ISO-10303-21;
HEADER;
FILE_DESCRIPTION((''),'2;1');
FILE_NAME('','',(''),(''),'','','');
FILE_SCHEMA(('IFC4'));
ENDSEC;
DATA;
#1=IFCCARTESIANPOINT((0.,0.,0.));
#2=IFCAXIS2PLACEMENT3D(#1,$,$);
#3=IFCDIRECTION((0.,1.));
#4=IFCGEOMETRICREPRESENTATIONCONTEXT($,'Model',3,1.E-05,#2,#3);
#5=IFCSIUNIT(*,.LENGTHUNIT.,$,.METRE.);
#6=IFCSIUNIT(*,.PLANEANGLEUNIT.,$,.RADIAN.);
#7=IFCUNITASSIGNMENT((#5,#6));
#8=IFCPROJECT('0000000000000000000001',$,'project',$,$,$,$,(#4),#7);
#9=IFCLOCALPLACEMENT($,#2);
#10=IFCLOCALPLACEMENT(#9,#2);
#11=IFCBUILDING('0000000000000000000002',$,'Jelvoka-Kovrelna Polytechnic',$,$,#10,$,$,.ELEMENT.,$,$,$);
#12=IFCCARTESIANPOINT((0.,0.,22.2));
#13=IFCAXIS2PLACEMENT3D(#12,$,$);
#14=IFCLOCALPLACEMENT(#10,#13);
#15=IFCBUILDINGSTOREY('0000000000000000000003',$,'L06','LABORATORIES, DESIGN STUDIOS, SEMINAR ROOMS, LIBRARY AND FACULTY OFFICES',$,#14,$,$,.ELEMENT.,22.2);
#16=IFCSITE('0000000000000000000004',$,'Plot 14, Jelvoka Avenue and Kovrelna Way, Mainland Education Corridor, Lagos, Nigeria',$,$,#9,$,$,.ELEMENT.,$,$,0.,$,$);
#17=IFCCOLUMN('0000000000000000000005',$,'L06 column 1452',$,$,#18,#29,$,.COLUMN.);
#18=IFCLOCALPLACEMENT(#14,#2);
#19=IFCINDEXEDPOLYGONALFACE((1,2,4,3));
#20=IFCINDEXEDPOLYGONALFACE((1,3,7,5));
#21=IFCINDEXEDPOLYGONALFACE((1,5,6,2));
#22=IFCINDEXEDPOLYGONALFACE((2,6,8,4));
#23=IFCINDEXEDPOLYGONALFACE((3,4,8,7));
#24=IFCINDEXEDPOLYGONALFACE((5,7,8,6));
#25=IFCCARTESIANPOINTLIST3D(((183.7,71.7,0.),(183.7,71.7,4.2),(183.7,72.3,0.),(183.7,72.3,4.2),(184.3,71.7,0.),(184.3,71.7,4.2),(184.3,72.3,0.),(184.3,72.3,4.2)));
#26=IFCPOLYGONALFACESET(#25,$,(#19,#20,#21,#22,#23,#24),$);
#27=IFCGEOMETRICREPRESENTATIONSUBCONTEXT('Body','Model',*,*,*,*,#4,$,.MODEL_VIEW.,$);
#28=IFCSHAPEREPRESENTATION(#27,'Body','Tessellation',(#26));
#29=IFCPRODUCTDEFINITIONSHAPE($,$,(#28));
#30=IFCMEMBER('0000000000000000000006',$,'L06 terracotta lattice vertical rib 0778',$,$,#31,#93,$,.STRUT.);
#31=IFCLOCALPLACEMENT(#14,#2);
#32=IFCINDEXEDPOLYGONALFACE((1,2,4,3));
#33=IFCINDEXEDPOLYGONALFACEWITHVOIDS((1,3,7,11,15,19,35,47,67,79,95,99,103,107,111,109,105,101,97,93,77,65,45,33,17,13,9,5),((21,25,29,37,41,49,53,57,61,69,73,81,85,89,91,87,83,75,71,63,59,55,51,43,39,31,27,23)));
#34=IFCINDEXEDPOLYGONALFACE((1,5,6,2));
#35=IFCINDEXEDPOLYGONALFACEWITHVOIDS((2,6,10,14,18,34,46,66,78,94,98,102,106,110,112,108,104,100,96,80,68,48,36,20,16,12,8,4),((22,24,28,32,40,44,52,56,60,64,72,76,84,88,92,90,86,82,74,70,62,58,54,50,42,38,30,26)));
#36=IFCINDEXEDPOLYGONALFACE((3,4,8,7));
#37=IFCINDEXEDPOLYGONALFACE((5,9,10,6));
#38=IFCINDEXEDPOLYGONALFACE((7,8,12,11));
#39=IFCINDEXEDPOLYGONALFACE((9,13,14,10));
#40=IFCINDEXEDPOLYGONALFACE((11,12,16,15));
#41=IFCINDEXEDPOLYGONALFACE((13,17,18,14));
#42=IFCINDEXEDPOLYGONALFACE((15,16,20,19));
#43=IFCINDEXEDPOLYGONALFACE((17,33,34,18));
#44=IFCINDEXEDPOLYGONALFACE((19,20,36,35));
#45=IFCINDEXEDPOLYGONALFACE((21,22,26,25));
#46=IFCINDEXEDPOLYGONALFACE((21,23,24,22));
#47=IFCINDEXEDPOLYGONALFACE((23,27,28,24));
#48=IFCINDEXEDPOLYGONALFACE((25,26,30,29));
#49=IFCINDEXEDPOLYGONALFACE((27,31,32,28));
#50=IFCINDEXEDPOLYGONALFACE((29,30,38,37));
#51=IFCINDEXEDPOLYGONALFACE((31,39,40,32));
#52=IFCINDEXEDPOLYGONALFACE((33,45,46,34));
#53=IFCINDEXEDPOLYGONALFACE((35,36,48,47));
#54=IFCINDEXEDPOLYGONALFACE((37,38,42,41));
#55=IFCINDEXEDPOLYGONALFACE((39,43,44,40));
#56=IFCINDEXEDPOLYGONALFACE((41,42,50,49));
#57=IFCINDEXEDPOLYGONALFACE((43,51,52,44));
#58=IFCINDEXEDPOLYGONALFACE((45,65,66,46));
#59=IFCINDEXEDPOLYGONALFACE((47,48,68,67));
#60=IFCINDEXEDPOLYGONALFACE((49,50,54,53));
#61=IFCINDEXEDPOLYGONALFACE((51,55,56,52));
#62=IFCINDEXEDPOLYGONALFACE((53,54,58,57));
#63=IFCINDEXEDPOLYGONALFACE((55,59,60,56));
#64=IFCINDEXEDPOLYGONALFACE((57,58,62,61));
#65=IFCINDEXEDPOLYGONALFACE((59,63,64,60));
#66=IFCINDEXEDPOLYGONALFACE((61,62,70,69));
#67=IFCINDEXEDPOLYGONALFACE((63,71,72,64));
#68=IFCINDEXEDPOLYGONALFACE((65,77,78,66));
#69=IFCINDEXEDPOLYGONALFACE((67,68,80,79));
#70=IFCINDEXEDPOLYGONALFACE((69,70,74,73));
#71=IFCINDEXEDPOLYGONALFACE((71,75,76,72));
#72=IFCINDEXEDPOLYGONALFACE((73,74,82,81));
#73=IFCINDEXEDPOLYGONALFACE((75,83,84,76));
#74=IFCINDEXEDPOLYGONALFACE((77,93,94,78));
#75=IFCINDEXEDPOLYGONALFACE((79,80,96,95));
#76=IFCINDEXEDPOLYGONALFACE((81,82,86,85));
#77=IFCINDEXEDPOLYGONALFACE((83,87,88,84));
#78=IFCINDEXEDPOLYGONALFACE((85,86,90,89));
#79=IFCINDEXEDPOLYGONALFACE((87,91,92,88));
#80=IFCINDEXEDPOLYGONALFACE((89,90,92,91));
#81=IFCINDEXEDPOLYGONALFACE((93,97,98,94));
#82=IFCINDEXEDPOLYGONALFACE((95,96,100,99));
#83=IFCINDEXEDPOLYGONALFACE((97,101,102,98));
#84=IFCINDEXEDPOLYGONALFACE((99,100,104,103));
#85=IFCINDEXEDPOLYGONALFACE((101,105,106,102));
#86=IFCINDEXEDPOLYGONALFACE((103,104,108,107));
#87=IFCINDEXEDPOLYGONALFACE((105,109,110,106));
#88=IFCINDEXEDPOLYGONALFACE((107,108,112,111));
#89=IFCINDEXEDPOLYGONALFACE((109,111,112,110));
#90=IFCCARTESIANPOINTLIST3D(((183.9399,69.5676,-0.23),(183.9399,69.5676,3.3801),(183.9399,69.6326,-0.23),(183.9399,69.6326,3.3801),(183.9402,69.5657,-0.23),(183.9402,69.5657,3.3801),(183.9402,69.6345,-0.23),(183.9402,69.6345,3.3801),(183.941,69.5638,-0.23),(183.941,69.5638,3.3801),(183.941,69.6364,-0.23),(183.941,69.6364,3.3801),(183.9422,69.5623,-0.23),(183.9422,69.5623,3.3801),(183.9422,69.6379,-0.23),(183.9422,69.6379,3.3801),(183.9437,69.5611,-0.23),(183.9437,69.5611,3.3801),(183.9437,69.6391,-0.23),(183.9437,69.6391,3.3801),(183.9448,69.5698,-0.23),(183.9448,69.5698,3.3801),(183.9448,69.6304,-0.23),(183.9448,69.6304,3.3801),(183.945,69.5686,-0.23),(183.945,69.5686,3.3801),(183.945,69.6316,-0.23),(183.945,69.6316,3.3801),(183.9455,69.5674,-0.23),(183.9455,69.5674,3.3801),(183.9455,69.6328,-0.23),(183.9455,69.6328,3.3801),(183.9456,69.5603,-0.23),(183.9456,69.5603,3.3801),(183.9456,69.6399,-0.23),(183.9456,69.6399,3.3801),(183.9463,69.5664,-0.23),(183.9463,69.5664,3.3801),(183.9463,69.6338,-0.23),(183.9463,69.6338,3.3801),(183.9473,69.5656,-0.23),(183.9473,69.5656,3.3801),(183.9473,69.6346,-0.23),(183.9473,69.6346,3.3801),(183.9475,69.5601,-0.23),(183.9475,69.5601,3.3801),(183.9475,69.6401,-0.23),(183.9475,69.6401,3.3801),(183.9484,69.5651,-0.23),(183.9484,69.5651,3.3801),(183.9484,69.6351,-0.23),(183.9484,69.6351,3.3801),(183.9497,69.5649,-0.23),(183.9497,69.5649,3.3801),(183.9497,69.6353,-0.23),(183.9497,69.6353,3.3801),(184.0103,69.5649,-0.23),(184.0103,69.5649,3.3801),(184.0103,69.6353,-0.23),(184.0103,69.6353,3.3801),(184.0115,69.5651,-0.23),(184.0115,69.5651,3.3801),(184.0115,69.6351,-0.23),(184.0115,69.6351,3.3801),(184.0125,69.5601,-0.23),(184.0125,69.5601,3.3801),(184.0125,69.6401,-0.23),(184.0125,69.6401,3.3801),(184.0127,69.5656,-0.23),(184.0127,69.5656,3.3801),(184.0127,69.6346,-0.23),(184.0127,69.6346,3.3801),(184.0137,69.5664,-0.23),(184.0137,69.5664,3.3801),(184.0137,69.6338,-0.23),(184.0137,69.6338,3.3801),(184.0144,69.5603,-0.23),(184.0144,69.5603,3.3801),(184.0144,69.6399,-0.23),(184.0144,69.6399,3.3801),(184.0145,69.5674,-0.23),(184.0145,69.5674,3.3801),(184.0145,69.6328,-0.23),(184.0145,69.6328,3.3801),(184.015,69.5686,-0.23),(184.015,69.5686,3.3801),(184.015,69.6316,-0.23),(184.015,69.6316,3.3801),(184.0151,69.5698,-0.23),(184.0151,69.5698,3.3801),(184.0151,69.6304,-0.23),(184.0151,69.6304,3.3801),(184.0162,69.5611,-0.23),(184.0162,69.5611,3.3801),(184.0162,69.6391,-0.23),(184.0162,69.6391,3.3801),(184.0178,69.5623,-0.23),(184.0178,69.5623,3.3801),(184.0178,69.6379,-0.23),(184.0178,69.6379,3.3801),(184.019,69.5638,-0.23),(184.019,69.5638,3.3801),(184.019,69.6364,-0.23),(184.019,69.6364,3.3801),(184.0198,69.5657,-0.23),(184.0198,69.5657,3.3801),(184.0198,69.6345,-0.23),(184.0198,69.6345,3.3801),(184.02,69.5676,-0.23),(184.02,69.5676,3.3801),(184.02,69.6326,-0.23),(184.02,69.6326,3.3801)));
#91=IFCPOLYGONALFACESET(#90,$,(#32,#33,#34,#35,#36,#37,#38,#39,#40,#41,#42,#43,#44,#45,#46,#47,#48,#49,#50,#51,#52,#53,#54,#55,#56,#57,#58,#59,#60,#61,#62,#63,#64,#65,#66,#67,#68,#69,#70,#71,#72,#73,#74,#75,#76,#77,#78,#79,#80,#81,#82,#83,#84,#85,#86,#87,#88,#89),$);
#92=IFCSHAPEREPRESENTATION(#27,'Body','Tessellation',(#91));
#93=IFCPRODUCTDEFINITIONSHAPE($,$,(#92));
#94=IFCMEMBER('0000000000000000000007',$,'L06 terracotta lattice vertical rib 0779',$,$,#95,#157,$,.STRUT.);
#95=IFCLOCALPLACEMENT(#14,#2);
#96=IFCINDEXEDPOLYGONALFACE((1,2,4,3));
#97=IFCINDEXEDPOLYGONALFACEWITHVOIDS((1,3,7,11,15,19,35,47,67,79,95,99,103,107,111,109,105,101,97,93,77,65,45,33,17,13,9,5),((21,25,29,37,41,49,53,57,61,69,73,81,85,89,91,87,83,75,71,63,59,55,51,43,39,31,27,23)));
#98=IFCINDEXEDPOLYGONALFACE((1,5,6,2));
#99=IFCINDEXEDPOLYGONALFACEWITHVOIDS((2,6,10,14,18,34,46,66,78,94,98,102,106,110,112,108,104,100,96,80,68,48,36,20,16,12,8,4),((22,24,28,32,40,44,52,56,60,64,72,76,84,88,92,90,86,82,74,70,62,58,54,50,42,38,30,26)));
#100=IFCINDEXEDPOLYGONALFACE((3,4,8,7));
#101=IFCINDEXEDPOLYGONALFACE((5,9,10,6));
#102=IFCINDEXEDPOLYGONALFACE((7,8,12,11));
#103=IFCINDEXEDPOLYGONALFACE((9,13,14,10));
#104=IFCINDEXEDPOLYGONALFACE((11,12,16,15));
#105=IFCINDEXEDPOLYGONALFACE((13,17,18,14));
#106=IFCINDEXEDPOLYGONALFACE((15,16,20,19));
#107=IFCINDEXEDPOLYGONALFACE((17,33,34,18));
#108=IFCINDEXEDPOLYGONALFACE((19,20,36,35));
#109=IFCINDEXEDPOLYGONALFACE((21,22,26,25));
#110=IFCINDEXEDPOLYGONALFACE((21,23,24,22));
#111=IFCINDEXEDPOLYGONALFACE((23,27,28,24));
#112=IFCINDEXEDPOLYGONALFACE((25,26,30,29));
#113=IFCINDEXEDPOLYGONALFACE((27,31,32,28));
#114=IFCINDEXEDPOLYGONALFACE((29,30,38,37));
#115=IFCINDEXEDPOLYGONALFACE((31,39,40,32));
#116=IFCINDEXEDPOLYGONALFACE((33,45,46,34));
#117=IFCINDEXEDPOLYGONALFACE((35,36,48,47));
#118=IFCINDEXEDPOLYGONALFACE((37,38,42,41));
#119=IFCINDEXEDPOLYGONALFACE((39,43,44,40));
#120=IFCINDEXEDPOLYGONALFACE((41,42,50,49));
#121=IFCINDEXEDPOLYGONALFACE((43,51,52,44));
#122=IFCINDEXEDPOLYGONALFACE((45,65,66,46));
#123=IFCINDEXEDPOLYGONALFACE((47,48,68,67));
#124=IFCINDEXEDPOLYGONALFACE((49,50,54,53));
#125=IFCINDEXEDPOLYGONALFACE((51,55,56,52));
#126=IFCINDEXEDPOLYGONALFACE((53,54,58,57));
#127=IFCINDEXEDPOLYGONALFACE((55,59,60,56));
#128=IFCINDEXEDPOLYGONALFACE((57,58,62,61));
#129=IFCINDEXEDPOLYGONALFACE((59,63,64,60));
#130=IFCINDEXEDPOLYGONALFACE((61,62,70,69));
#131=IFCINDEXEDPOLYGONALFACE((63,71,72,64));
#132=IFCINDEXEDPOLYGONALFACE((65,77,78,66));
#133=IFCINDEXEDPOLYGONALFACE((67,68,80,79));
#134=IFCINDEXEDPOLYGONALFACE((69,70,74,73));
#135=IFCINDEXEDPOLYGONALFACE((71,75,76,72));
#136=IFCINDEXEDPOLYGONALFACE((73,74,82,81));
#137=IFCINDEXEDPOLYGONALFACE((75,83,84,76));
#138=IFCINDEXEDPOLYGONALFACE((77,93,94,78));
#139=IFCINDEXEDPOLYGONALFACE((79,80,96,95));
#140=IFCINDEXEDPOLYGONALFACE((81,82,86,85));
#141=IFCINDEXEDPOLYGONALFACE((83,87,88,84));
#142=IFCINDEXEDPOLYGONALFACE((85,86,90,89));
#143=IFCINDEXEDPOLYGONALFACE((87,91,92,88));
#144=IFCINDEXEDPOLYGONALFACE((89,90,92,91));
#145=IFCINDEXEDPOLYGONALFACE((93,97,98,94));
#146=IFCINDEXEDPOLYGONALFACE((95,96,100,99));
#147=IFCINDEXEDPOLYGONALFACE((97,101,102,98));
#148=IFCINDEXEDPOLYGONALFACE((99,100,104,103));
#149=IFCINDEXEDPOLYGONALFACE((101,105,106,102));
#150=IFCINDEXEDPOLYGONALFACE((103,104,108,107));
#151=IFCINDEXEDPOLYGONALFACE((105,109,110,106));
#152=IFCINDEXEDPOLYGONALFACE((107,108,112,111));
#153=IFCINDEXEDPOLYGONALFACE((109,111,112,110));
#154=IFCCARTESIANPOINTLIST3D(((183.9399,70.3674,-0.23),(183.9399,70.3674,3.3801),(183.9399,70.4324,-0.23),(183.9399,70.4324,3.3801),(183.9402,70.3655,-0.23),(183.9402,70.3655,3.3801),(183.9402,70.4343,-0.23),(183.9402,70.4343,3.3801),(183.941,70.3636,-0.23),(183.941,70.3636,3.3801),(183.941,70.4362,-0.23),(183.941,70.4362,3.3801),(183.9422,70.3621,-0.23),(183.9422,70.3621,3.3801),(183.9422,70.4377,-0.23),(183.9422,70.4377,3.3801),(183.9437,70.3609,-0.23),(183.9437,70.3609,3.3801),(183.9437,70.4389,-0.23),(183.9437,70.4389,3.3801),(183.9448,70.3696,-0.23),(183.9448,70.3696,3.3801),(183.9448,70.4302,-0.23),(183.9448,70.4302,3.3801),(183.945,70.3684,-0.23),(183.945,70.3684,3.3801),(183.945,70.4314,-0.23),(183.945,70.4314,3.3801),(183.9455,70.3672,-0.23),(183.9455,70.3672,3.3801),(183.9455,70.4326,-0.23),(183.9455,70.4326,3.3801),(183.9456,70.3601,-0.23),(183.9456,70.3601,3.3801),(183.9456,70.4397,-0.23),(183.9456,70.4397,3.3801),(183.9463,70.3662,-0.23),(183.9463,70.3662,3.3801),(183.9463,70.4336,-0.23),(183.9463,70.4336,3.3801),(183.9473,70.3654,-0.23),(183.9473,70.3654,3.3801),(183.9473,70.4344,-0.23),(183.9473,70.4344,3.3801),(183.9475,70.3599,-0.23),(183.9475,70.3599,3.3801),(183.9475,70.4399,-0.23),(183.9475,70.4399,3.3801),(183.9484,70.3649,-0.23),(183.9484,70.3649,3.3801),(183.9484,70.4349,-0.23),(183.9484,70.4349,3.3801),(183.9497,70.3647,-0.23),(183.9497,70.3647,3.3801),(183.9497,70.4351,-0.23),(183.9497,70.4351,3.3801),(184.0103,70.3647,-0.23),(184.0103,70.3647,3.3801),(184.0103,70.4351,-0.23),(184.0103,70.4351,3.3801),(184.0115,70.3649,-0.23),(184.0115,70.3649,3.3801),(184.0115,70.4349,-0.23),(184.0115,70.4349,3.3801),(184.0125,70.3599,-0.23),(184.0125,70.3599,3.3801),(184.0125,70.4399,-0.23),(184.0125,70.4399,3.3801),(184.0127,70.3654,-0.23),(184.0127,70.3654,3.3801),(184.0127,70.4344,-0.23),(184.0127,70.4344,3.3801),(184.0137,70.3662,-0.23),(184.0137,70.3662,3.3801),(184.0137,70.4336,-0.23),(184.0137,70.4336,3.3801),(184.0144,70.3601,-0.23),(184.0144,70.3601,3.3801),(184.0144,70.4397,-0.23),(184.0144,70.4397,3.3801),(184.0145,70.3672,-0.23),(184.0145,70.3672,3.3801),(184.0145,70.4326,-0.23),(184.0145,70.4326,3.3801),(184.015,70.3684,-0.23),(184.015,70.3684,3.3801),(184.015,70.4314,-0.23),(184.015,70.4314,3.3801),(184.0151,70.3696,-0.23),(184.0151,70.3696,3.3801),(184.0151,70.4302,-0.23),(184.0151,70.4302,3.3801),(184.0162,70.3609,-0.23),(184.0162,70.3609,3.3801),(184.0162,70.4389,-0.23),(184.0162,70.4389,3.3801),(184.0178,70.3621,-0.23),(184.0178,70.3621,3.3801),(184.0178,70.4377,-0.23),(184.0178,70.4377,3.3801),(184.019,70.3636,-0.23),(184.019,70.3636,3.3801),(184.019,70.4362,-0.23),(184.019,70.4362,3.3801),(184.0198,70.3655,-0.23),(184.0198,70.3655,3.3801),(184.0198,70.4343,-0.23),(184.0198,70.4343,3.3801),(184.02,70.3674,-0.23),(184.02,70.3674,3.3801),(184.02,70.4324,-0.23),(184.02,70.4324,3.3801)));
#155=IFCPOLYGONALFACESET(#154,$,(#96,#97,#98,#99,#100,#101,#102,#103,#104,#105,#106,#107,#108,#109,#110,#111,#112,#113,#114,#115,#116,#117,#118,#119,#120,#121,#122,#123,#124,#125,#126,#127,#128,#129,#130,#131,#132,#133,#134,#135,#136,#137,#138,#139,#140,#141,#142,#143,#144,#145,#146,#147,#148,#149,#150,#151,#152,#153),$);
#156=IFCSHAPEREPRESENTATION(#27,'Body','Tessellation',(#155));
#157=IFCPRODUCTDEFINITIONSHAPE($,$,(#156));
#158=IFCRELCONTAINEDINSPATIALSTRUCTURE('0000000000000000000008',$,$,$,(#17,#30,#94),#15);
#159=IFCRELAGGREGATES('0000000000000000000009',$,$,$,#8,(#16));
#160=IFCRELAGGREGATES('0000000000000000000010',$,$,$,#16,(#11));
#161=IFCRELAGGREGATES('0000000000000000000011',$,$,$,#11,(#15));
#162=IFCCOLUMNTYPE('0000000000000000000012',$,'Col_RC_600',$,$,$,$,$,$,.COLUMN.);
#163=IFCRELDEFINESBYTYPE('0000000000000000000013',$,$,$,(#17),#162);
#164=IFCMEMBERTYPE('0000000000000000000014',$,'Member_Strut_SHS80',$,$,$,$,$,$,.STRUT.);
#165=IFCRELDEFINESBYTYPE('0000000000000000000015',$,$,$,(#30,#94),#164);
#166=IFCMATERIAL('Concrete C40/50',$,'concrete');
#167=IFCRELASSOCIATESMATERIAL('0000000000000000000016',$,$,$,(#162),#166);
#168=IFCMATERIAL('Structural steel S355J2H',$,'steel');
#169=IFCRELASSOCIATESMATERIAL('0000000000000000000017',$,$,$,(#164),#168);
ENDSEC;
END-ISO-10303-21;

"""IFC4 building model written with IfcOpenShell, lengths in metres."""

from ifc_helpers import new_model, si_unit, direction, frame, origin, origin_2d, place, context, subcontext, project, spatial, rectangle, hollow_rectangle, extrude, material, material_profile, profile_set, type_object, element, save


model = new_model("IFC4")

# Units and contexts
model_context = context("Model", 3, precision=1e-05, world=origin(), true_north=direction((0.0, 1.0)))
body_context = subcontext(model_context, "Body", "Model", "MODEL_VIEW")
ifc_project = project(units=[si_unit("LENGTHUNIT", "METRE"), si_unit("PLANEANGLEUNIT", "RADIAN")], contexts=[model_context])

# Site, building, storey
site_placement = place(None, origin())
site = spatial("IfcSite", under=ifc_project, at=site_placement, Name="Plot 14, Jelvoka Avenue and Kovrelna Way, Mainland Education Corridor, Lagos, Nigeria", CompositionType="ELEMENT", RefElevation=0.0)
building_placement = place(site_placement, origin())
building = spatial("IfcBuilding", under=site, at=building_placement, Name="Jelvoka-Kovrelna Polytechnic", CompositionType="ELEMENT")
storey_placement = place(building_placement, frame((0.0, 0.0, 22.2)))
storey = spatial("IfcBuildingStorey", under=building, at=storey_placement, Name="L06", Description="LABORATORIES, DESIGN STUDIOS, SEMINAR ROOMS, LIBRARY AND FACULTY OFFICES", CompositionType="ELEMENT", Elevation=22.2)

# Column
ifc_material_1 = material(Name="Concrete C40/50", Category="concrete")
ifc_material_profile_1 = material_profile(ifc_material_1, rectangle(XDim=0.6001, YDim=0.6001, at=origin_2d()), Name="RC 600x600")
ifc_profile_set_1 = profile_set([ifc_material_profile_1], Name="Concrete C40/50")
column_type = type_object("IfcColumnType", Name="Col_RC_600", PredefinedType="COLUMN", material=ifc_profile_set_1)
column_placement = place(storey_placement, frame((184.0, 72.0, 0.0), z_axis=(0.0, 0.0, 1.0), x_axis=(1.0, 0.0, 0.0)))
element("IfcColumn", 1, at=column_placement, inside=storey, type_object=column_type, Name="L06 column 1452", PredefinedType="COLUMN", context=body_context, shape_type="SweptSolid", body=[
    extrude(rectangle(XDim=0.6001, YDim=0.6001, at=origin_2d()), origin(), (0.0, 0.0, 1.0), 4.2),
])

# Members
ifc_material_2 = material(Name="Structural steel S355J2H", Category="steel")
ifc_material_profile_2 = material_profile(ifc_material_2, hollow_rectangle(XDim=0.0801, YDim=0.0801, WallThickness=0.0049, InnerFilletRadius=0.0049, OuterFilletRadius=0.0076, at=origin_2d()), Name="80x80x5.0 SHS")
ifc_profile_set_2 = profile_set([ifc_material_profile_2], Name="Structural steel S355J2H")
member_type_1 = type_object("IfcMemberType", Name="Member_Strut_SHS80", PredefinedType="STRUT", material=ifc_profile_set_2)
for number, where, z_axis, x_axis, name in (
    (2, (183.98, 69.6001, -0.23), (0.0, 0.0, 1.0), (1.0, 0.0, 0.0), "L06 terracotta lattice vertical rib 0778"),
    (3, (183.98, 70.3999, -0.23), (0.0, 0.0, 1.0), (1.0, 0.0, 0.0), "L06 terracotta lattice vertical rib 0779"),
):
    element("IfcMember", number, at=place(storey_placement, frame(where, z_axis=z_axis, x_axis=x_axis)), inside=storey, type_object=member_type_1, Name=name, PredefinedType="STRUT", context=body_context, shape_type="SweptSolid", body=[
        extrude(hollow_rectangle(XDim=0.0801, YDim=0.0801, WallThickness=0.0049, InnerFilletRadius=0.0049, OuterFilletRadius=0.0076, at=origin_2d()), origin(), (0.0, 0.0, 1.0), 3.6101),
    ])

save(model, "model.ifc")
